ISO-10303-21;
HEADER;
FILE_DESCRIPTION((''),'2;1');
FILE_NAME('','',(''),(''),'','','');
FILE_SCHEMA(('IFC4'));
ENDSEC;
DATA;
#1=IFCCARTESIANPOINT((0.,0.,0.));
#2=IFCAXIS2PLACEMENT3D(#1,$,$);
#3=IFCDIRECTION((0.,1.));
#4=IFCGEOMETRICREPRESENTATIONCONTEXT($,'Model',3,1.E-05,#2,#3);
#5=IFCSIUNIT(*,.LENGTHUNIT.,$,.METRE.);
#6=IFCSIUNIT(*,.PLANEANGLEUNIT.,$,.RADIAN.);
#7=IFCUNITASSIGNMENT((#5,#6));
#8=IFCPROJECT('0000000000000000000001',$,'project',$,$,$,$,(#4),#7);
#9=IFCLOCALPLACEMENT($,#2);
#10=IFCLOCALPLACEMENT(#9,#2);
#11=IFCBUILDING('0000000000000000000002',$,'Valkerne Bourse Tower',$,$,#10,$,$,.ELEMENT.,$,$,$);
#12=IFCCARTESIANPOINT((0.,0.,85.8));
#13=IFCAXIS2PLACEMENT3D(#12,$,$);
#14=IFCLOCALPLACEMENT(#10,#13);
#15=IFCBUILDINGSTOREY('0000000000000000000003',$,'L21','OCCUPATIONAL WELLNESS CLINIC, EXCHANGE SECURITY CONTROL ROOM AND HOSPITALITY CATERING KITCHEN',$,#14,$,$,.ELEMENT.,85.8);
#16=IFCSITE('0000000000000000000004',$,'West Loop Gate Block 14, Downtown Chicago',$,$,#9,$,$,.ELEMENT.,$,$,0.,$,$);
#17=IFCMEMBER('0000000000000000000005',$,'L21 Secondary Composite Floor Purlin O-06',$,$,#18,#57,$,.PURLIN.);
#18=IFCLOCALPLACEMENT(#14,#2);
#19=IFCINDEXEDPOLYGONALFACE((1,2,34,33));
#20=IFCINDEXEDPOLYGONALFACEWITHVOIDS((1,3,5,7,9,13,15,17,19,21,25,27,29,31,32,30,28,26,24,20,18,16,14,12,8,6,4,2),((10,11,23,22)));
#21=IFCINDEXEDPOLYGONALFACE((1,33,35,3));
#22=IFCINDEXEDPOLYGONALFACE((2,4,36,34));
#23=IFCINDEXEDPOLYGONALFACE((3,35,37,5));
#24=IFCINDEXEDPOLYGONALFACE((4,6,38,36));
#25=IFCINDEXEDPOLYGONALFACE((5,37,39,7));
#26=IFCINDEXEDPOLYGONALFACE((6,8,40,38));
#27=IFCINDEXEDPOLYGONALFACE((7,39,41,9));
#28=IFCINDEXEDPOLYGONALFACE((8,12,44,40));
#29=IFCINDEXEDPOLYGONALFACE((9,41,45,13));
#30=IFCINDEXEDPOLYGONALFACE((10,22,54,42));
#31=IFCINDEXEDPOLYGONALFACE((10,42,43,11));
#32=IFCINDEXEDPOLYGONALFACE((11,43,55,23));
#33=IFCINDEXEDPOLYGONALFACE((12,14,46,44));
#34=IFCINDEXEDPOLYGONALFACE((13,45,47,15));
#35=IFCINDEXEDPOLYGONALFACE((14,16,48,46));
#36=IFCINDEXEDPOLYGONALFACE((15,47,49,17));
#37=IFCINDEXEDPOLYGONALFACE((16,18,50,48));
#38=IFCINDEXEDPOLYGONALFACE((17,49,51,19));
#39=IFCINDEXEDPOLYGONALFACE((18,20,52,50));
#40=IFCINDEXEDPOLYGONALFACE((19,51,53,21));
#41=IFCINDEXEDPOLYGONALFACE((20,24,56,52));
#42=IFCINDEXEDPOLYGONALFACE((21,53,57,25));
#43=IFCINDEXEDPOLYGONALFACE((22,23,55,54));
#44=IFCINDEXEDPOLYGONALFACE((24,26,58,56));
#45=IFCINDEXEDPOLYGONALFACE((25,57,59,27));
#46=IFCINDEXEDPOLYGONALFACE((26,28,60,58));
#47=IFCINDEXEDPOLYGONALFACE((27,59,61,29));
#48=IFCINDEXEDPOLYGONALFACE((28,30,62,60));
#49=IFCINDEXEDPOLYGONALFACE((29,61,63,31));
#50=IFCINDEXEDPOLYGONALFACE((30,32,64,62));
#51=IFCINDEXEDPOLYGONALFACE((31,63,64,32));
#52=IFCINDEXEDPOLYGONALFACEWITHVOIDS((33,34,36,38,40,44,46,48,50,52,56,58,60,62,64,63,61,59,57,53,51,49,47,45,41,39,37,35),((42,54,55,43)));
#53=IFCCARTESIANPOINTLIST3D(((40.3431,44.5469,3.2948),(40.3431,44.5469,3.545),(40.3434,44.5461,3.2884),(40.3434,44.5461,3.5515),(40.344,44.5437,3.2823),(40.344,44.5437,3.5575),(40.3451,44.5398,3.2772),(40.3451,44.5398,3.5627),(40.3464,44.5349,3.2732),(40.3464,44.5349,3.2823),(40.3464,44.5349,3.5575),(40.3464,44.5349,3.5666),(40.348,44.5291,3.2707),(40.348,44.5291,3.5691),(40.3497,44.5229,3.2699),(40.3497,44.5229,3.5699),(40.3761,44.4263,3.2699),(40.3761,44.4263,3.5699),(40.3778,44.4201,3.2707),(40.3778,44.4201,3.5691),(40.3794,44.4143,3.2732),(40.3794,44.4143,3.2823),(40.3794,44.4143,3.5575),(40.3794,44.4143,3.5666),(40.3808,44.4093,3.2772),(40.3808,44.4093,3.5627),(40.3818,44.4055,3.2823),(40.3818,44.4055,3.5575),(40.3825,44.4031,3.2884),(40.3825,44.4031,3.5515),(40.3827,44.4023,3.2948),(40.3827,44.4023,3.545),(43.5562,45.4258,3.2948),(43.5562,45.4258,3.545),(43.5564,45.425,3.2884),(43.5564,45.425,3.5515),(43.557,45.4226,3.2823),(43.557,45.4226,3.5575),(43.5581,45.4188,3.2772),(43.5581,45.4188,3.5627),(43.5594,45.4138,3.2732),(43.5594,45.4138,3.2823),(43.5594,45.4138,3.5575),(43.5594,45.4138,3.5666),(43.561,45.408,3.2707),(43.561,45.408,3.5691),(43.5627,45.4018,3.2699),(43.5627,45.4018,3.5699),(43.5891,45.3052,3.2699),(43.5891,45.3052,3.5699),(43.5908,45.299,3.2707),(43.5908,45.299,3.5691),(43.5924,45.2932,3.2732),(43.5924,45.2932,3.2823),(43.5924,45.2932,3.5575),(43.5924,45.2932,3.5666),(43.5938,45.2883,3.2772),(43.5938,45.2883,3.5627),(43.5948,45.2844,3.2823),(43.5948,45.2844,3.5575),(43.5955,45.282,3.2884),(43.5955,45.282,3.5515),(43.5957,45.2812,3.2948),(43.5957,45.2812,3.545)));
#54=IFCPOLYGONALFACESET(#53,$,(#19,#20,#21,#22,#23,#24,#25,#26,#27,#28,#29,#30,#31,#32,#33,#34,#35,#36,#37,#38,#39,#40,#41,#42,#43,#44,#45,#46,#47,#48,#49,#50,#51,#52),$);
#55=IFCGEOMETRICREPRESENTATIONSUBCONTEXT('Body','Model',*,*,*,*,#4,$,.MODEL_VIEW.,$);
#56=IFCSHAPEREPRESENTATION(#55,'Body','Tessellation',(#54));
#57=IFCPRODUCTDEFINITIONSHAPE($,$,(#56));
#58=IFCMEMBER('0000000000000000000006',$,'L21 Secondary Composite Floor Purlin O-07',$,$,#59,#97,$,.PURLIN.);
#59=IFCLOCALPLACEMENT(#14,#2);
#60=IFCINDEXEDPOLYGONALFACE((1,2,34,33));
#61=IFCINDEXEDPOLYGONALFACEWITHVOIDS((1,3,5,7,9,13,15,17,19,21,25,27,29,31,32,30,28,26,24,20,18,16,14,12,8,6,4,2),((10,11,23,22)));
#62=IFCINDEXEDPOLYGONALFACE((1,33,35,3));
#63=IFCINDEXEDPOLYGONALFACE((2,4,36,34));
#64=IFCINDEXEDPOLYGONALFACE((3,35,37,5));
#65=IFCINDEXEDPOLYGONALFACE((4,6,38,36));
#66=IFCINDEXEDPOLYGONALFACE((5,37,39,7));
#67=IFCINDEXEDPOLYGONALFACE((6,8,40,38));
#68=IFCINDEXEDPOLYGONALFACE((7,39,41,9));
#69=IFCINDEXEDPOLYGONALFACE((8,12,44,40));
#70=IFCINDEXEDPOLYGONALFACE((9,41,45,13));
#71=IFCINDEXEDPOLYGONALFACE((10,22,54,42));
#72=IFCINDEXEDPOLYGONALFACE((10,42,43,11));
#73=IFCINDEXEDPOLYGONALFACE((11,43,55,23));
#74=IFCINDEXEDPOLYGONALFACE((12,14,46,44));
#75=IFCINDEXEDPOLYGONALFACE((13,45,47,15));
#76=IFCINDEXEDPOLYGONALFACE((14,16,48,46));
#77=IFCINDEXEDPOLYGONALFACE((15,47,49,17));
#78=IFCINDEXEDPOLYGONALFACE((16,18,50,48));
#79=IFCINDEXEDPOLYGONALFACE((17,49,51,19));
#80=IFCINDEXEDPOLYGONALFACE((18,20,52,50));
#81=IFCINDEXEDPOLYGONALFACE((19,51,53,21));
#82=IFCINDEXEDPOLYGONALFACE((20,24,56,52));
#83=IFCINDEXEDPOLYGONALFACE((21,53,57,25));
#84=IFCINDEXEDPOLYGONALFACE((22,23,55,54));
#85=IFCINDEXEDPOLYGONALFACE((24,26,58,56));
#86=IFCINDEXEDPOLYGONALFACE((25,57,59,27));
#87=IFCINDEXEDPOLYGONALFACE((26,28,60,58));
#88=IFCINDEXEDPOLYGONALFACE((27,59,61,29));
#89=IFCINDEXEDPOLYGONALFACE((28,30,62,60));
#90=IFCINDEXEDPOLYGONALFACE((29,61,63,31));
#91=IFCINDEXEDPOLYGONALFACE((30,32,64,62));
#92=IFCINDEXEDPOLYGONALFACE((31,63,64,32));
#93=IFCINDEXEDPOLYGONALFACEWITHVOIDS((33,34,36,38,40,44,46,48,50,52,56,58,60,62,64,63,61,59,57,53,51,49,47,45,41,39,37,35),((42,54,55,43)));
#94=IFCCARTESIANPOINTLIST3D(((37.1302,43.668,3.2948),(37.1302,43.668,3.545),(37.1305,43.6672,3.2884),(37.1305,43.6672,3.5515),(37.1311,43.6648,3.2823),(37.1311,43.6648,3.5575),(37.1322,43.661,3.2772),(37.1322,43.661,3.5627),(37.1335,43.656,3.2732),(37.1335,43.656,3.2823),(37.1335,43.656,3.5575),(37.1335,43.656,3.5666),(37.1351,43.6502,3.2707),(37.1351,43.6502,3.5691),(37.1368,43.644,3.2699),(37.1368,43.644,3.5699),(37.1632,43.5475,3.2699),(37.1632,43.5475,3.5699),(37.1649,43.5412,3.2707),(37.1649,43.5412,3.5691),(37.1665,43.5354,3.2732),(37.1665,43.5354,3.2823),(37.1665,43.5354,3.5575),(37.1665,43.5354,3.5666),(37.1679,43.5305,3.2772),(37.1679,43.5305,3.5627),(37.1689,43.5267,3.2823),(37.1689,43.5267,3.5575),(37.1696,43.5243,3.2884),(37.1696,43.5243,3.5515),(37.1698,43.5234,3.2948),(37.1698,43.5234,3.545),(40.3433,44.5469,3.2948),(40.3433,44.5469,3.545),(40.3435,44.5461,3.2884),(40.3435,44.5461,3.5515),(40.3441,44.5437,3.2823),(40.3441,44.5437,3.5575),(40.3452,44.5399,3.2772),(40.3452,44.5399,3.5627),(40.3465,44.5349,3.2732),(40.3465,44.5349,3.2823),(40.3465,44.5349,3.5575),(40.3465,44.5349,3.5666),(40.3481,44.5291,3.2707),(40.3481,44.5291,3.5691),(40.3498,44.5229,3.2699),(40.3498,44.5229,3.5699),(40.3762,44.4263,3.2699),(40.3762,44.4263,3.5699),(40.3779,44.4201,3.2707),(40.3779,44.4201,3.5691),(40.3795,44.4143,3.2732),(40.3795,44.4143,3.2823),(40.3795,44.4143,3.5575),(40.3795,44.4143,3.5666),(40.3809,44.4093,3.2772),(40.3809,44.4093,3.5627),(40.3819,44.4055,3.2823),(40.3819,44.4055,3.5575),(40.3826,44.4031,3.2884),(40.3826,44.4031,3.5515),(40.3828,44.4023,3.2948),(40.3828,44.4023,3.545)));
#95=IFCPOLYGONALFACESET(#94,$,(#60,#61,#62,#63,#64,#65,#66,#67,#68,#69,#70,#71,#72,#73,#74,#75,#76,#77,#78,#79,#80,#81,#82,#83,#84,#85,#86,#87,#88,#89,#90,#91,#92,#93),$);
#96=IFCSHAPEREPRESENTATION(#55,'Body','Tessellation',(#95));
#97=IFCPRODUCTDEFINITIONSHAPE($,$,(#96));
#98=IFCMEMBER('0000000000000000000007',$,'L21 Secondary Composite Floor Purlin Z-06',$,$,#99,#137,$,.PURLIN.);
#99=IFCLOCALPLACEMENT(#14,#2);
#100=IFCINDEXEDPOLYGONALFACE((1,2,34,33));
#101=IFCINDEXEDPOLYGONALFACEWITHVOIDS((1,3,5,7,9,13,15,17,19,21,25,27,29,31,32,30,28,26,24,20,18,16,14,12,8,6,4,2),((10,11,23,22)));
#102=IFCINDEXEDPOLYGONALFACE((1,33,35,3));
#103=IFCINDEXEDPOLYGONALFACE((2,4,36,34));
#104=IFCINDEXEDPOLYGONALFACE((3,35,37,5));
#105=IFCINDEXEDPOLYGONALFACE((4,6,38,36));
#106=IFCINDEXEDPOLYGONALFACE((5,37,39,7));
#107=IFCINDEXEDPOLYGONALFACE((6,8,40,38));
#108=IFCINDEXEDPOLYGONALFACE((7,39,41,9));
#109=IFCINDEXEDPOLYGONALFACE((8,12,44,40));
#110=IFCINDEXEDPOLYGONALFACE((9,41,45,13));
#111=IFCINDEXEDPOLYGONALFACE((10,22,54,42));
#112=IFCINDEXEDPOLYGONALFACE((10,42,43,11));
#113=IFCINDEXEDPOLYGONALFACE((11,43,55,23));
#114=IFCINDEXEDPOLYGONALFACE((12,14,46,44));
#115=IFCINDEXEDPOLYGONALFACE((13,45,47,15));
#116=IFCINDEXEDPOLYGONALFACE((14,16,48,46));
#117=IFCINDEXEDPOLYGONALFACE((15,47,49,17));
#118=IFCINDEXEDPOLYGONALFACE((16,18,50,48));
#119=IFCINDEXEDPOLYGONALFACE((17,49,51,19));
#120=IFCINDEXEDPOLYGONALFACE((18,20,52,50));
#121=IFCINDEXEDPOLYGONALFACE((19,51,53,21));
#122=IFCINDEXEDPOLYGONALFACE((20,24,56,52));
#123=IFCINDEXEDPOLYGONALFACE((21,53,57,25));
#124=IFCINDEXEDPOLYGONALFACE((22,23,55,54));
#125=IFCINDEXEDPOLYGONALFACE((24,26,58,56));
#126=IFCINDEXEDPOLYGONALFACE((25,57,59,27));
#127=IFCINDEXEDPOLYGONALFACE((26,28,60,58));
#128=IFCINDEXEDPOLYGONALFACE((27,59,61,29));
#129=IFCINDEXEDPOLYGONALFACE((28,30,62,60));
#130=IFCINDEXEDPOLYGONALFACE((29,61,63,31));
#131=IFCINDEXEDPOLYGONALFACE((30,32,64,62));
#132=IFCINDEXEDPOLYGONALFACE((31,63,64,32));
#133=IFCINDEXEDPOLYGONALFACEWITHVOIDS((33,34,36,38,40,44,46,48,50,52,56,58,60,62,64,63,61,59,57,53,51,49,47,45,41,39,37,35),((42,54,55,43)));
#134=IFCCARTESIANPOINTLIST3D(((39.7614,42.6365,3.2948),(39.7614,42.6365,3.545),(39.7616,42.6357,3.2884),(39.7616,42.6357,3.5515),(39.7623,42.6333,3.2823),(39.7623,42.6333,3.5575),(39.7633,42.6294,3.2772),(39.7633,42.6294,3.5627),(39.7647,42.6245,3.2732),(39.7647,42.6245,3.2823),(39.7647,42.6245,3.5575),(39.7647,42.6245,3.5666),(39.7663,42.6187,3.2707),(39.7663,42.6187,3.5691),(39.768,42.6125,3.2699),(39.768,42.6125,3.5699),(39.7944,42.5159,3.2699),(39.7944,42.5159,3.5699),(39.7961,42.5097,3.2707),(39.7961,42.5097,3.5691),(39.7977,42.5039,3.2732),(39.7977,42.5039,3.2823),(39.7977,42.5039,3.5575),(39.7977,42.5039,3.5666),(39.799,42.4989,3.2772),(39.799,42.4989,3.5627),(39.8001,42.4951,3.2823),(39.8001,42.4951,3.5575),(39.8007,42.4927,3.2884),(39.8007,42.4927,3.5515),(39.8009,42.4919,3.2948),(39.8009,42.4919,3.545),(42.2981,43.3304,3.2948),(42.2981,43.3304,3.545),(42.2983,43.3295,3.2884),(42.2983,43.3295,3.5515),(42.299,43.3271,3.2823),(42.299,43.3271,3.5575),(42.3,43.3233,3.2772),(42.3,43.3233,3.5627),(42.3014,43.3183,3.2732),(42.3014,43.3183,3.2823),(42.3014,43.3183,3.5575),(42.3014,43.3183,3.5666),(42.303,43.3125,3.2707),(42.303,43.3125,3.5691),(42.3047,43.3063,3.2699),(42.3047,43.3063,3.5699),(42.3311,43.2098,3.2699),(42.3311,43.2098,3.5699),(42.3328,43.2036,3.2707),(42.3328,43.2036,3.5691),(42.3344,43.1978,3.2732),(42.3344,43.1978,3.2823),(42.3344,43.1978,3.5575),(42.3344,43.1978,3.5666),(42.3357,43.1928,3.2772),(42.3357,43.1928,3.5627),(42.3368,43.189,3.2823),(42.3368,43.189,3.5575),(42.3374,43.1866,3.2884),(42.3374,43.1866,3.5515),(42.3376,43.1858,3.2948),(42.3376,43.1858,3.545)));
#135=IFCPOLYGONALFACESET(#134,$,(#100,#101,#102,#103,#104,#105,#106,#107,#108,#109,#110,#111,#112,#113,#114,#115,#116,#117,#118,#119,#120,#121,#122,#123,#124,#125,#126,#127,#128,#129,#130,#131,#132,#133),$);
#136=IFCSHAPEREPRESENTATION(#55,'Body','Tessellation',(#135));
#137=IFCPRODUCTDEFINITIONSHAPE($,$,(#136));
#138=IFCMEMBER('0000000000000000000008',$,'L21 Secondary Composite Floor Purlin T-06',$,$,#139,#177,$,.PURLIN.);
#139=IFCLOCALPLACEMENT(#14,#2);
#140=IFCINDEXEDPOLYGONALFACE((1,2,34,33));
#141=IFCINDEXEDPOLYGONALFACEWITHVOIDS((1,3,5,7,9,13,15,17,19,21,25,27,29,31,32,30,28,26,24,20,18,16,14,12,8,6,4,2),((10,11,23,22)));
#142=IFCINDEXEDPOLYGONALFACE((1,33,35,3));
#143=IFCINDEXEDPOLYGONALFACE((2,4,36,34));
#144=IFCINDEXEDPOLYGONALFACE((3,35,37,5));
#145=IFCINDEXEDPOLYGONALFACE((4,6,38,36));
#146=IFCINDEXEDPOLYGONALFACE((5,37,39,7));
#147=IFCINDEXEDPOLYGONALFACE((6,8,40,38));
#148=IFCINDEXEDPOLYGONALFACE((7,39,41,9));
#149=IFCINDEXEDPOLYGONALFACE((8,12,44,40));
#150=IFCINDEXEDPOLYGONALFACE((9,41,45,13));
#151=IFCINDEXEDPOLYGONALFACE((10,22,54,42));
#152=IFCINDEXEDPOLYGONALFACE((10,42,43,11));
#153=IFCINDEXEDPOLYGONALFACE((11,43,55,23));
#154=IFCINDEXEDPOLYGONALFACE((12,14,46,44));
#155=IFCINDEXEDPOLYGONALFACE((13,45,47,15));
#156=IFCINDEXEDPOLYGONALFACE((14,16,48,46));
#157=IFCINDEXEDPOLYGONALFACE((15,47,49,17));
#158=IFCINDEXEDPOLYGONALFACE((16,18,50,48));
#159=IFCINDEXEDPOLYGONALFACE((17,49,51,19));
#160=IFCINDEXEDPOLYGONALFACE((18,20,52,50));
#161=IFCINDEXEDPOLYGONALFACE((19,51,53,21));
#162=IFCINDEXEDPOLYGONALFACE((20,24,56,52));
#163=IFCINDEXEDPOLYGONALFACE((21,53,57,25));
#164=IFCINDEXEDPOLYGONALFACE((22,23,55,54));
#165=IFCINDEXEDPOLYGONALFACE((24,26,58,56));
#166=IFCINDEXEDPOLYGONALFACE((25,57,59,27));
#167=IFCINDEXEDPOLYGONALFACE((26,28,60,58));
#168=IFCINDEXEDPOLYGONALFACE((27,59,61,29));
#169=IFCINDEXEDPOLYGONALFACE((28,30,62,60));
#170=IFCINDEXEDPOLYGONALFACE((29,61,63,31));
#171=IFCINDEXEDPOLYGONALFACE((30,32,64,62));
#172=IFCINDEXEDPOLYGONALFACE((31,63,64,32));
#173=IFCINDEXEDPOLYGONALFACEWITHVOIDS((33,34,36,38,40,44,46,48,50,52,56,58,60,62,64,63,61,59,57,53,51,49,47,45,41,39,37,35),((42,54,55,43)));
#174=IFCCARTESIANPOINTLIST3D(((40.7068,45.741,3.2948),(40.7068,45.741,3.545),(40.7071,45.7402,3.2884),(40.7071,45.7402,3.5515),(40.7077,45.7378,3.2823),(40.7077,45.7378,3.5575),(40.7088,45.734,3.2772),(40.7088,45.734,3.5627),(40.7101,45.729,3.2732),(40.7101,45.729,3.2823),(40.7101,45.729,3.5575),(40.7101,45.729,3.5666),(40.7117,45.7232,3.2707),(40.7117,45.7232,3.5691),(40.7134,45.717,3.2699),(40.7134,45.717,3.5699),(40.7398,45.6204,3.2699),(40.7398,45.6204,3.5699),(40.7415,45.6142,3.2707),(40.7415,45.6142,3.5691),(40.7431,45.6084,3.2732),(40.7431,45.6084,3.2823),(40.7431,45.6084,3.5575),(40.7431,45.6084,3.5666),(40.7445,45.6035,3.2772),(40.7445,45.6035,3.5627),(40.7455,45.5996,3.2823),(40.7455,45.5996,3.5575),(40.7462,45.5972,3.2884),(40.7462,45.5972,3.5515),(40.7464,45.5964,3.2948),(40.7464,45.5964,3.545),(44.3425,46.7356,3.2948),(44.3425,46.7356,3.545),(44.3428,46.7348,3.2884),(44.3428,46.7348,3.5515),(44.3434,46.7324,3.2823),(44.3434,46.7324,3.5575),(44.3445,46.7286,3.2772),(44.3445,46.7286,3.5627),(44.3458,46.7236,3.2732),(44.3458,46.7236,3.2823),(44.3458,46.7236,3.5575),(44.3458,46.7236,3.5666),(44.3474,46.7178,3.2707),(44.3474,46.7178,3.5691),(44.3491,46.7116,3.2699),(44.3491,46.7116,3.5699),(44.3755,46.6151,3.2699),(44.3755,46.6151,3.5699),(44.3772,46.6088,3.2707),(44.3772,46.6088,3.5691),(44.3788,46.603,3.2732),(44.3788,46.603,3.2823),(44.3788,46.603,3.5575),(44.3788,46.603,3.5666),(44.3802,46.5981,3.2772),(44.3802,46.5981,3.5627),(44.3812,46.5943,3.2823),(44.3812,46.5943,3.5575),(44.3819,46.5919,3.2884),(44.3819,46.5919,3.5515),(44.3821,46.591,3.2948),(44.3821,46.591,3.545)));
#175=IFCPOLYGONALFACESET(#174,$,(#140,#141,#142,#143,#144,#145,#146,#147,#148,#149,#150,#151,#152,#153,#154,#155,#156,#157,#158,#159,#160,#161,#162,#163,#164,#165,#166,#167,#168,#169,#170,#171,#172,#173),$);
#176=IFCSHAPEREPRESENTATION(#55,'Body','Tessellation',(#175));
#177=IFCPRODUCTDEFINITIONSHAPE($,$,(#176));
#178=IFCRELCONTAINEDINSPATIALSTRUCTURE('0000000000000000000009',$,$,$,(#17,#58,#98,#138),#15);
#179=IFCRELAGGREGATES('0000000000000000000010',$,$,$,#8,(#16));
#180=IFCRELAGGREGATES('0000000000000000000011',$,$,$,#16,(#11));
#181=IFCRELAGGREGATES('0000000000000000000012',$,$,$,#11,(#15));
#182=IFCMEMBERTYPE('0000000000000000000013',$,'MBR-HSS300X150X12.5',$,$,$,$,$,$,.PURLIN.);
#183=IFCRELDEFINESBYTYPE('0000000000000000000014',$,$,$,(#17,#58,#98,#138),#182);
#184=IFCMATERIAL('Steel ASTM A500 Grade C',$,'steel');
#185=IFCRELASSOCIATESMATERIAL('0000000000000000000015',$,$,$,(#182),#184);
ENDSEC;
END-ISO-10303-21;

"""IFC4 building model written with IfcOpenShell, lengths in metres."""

from ifc_helpers import new_model, si_unit, direction, frame, origin, origin_2d, place, context, subcontext, project, spatial, hollow_rectangle, extrude, material, material_profile, profile_set, type_object, element, save


model = new_model("IFC4")

# Units and contexts
model_context = context("Model", 3, precision=1e-05, world=origin(), true_north=direction((0.0, 1.0)))
body_context = subcontext(model_context, "Body", "Model", "MODEL_VIEW")
ifc_project = project(units=[si_unit("LENGTHUNIT", "METRE"), si_unit("PLANEANGLEUNIT", "RADIAN")], contexts=[model_context])

# Site, building, storey
site_placement = place(None, origin())
site = spatial("IfcSite", under=ifc_project, at=site_placement, Name="West Loop Gate Block 14, Downtown Chicago", CompositionType="ELEMENT", RefElevation=0.0)
building_placement = place(site_placement, origin())
building = spatial("IfcBuilding", under=site, at=building_placement, Name="Valkerne Bourse Tower", CompositionType="ELEMENT")
storey_placement = place(building_placement, frame((0.0, 0.0, 85.8)))
storey = spatial("IfcBuildingStorey", under=building, at=storey_placement, Name="L21", Description="OCCUPATIONAL WELLNESS CLINIC, EXCHANGE SECURITY CONTROL ROOM AND HOSPITALITY CATERING KITCHEN", CompositionType="ELEMENT", Elevation=85.8)

# Members
ifc_material_1 = material(Name="Steel ASTM A500 Grade C", Category="steel")
ifc_material_profile_1 = material_profile(ifc_material_1, hollow_rectangle(XDim=0.1499, YDim=0.3, WallThickness=0.0125, OuterFilletRadius=0.0249, at=origin_2d()), Name="HSS300X150X12.5")
ifc_profile_set_1 = profile_set([ifc_material_profile_1], Name="Steel ASTM A500 Grade C")
member_type_1 = type_object("IfcMemberType", Name="MBR-HSS300X150X12.5", PredefinedType="PURLIN", material=ifc_profile_set_1)
for number, where, z_axis, x_axis, name in (
    (1, (43.5759, 45.3535, 3.4199), (-0.964561, -0.263862, 0.0), (0.263862, -0.964561, 0.0), "L21 Secondary Composite Floor Purlin O-06"),
    (2, (40.363, 44.4746, 3.4199), (-0.964566, -0.263843, 0.0), (0.263843, -0.964566, 0.0), "L21 Secondary Composite Floor Purlin O-07"),
):
    element("IfcMember", number, at=place(storey_placement, frame(where, z_axis=z_axis, x_axis=x_axis)), inside=storey, type_object=member_type_1, Name=name, PredefinedType="PURLIN", context=body_context, shape_type="SweptSolid", body=[
        extrude(hollow_rectangle(XDim=0.1499, YDim=0.3, WallThickness=0.0125, OuterFilletRadius=0.0249, at=origin_2d()), origin(), (0.0, 0.0, 1.0), 3.3311),
    ])
member_1_placement = place(storey_placement, frame((42.3179, 43.2581, 3.4199), z_axis=(-0.964566, -0.26384, 0.0), x_axis=(0.26384, -0.964566, 0.0)))
element("IfcMember", 3, at=member_1_placement, inside=storey, type_object=member_type_1, Name="L21 Secondary Composite Floor Purlin Z-06", PredefinedType="PURLIN", context=body_context, shape_type="SweptSolid", body=[
    extrude(hollow_rectangle(XDim=0.1499, YDim=0.3, WallThickness=0.0125, OuterFilletRadius=0.0249, at=origin_2d()), origin(), (0.0, 0.0, 1.0), 2.6299),
])
for number, where, z_axis, x_axis, name in (
    (4, (44.3623, 46.6633, 3.4199), (-0.964557, -0.263874, 0.0), (0.263874, -0.964557, 0.0), "L21 Secondary Composite Floor Purlin T-06"),
):
    element("IfcMember", number, at=place(storey_placement, frame(where, z_axis=z_axis, x_axis=x_axis)), inside=storey, type_object=member_type_1, Name=name, PredefinedType="PURLIN", context=body_context, shape_type="SweptSolid", body=[
        extrude(hollow_rectangle(XDim=0.1499, YDim=0.3, WallThickness=0.0125, OuterFilletRadius=0.0249, at=origin_2d()), origin(), (0.0, 0.0, 1.0), 3.7693),
    ])

save(model, "model.ifc")
